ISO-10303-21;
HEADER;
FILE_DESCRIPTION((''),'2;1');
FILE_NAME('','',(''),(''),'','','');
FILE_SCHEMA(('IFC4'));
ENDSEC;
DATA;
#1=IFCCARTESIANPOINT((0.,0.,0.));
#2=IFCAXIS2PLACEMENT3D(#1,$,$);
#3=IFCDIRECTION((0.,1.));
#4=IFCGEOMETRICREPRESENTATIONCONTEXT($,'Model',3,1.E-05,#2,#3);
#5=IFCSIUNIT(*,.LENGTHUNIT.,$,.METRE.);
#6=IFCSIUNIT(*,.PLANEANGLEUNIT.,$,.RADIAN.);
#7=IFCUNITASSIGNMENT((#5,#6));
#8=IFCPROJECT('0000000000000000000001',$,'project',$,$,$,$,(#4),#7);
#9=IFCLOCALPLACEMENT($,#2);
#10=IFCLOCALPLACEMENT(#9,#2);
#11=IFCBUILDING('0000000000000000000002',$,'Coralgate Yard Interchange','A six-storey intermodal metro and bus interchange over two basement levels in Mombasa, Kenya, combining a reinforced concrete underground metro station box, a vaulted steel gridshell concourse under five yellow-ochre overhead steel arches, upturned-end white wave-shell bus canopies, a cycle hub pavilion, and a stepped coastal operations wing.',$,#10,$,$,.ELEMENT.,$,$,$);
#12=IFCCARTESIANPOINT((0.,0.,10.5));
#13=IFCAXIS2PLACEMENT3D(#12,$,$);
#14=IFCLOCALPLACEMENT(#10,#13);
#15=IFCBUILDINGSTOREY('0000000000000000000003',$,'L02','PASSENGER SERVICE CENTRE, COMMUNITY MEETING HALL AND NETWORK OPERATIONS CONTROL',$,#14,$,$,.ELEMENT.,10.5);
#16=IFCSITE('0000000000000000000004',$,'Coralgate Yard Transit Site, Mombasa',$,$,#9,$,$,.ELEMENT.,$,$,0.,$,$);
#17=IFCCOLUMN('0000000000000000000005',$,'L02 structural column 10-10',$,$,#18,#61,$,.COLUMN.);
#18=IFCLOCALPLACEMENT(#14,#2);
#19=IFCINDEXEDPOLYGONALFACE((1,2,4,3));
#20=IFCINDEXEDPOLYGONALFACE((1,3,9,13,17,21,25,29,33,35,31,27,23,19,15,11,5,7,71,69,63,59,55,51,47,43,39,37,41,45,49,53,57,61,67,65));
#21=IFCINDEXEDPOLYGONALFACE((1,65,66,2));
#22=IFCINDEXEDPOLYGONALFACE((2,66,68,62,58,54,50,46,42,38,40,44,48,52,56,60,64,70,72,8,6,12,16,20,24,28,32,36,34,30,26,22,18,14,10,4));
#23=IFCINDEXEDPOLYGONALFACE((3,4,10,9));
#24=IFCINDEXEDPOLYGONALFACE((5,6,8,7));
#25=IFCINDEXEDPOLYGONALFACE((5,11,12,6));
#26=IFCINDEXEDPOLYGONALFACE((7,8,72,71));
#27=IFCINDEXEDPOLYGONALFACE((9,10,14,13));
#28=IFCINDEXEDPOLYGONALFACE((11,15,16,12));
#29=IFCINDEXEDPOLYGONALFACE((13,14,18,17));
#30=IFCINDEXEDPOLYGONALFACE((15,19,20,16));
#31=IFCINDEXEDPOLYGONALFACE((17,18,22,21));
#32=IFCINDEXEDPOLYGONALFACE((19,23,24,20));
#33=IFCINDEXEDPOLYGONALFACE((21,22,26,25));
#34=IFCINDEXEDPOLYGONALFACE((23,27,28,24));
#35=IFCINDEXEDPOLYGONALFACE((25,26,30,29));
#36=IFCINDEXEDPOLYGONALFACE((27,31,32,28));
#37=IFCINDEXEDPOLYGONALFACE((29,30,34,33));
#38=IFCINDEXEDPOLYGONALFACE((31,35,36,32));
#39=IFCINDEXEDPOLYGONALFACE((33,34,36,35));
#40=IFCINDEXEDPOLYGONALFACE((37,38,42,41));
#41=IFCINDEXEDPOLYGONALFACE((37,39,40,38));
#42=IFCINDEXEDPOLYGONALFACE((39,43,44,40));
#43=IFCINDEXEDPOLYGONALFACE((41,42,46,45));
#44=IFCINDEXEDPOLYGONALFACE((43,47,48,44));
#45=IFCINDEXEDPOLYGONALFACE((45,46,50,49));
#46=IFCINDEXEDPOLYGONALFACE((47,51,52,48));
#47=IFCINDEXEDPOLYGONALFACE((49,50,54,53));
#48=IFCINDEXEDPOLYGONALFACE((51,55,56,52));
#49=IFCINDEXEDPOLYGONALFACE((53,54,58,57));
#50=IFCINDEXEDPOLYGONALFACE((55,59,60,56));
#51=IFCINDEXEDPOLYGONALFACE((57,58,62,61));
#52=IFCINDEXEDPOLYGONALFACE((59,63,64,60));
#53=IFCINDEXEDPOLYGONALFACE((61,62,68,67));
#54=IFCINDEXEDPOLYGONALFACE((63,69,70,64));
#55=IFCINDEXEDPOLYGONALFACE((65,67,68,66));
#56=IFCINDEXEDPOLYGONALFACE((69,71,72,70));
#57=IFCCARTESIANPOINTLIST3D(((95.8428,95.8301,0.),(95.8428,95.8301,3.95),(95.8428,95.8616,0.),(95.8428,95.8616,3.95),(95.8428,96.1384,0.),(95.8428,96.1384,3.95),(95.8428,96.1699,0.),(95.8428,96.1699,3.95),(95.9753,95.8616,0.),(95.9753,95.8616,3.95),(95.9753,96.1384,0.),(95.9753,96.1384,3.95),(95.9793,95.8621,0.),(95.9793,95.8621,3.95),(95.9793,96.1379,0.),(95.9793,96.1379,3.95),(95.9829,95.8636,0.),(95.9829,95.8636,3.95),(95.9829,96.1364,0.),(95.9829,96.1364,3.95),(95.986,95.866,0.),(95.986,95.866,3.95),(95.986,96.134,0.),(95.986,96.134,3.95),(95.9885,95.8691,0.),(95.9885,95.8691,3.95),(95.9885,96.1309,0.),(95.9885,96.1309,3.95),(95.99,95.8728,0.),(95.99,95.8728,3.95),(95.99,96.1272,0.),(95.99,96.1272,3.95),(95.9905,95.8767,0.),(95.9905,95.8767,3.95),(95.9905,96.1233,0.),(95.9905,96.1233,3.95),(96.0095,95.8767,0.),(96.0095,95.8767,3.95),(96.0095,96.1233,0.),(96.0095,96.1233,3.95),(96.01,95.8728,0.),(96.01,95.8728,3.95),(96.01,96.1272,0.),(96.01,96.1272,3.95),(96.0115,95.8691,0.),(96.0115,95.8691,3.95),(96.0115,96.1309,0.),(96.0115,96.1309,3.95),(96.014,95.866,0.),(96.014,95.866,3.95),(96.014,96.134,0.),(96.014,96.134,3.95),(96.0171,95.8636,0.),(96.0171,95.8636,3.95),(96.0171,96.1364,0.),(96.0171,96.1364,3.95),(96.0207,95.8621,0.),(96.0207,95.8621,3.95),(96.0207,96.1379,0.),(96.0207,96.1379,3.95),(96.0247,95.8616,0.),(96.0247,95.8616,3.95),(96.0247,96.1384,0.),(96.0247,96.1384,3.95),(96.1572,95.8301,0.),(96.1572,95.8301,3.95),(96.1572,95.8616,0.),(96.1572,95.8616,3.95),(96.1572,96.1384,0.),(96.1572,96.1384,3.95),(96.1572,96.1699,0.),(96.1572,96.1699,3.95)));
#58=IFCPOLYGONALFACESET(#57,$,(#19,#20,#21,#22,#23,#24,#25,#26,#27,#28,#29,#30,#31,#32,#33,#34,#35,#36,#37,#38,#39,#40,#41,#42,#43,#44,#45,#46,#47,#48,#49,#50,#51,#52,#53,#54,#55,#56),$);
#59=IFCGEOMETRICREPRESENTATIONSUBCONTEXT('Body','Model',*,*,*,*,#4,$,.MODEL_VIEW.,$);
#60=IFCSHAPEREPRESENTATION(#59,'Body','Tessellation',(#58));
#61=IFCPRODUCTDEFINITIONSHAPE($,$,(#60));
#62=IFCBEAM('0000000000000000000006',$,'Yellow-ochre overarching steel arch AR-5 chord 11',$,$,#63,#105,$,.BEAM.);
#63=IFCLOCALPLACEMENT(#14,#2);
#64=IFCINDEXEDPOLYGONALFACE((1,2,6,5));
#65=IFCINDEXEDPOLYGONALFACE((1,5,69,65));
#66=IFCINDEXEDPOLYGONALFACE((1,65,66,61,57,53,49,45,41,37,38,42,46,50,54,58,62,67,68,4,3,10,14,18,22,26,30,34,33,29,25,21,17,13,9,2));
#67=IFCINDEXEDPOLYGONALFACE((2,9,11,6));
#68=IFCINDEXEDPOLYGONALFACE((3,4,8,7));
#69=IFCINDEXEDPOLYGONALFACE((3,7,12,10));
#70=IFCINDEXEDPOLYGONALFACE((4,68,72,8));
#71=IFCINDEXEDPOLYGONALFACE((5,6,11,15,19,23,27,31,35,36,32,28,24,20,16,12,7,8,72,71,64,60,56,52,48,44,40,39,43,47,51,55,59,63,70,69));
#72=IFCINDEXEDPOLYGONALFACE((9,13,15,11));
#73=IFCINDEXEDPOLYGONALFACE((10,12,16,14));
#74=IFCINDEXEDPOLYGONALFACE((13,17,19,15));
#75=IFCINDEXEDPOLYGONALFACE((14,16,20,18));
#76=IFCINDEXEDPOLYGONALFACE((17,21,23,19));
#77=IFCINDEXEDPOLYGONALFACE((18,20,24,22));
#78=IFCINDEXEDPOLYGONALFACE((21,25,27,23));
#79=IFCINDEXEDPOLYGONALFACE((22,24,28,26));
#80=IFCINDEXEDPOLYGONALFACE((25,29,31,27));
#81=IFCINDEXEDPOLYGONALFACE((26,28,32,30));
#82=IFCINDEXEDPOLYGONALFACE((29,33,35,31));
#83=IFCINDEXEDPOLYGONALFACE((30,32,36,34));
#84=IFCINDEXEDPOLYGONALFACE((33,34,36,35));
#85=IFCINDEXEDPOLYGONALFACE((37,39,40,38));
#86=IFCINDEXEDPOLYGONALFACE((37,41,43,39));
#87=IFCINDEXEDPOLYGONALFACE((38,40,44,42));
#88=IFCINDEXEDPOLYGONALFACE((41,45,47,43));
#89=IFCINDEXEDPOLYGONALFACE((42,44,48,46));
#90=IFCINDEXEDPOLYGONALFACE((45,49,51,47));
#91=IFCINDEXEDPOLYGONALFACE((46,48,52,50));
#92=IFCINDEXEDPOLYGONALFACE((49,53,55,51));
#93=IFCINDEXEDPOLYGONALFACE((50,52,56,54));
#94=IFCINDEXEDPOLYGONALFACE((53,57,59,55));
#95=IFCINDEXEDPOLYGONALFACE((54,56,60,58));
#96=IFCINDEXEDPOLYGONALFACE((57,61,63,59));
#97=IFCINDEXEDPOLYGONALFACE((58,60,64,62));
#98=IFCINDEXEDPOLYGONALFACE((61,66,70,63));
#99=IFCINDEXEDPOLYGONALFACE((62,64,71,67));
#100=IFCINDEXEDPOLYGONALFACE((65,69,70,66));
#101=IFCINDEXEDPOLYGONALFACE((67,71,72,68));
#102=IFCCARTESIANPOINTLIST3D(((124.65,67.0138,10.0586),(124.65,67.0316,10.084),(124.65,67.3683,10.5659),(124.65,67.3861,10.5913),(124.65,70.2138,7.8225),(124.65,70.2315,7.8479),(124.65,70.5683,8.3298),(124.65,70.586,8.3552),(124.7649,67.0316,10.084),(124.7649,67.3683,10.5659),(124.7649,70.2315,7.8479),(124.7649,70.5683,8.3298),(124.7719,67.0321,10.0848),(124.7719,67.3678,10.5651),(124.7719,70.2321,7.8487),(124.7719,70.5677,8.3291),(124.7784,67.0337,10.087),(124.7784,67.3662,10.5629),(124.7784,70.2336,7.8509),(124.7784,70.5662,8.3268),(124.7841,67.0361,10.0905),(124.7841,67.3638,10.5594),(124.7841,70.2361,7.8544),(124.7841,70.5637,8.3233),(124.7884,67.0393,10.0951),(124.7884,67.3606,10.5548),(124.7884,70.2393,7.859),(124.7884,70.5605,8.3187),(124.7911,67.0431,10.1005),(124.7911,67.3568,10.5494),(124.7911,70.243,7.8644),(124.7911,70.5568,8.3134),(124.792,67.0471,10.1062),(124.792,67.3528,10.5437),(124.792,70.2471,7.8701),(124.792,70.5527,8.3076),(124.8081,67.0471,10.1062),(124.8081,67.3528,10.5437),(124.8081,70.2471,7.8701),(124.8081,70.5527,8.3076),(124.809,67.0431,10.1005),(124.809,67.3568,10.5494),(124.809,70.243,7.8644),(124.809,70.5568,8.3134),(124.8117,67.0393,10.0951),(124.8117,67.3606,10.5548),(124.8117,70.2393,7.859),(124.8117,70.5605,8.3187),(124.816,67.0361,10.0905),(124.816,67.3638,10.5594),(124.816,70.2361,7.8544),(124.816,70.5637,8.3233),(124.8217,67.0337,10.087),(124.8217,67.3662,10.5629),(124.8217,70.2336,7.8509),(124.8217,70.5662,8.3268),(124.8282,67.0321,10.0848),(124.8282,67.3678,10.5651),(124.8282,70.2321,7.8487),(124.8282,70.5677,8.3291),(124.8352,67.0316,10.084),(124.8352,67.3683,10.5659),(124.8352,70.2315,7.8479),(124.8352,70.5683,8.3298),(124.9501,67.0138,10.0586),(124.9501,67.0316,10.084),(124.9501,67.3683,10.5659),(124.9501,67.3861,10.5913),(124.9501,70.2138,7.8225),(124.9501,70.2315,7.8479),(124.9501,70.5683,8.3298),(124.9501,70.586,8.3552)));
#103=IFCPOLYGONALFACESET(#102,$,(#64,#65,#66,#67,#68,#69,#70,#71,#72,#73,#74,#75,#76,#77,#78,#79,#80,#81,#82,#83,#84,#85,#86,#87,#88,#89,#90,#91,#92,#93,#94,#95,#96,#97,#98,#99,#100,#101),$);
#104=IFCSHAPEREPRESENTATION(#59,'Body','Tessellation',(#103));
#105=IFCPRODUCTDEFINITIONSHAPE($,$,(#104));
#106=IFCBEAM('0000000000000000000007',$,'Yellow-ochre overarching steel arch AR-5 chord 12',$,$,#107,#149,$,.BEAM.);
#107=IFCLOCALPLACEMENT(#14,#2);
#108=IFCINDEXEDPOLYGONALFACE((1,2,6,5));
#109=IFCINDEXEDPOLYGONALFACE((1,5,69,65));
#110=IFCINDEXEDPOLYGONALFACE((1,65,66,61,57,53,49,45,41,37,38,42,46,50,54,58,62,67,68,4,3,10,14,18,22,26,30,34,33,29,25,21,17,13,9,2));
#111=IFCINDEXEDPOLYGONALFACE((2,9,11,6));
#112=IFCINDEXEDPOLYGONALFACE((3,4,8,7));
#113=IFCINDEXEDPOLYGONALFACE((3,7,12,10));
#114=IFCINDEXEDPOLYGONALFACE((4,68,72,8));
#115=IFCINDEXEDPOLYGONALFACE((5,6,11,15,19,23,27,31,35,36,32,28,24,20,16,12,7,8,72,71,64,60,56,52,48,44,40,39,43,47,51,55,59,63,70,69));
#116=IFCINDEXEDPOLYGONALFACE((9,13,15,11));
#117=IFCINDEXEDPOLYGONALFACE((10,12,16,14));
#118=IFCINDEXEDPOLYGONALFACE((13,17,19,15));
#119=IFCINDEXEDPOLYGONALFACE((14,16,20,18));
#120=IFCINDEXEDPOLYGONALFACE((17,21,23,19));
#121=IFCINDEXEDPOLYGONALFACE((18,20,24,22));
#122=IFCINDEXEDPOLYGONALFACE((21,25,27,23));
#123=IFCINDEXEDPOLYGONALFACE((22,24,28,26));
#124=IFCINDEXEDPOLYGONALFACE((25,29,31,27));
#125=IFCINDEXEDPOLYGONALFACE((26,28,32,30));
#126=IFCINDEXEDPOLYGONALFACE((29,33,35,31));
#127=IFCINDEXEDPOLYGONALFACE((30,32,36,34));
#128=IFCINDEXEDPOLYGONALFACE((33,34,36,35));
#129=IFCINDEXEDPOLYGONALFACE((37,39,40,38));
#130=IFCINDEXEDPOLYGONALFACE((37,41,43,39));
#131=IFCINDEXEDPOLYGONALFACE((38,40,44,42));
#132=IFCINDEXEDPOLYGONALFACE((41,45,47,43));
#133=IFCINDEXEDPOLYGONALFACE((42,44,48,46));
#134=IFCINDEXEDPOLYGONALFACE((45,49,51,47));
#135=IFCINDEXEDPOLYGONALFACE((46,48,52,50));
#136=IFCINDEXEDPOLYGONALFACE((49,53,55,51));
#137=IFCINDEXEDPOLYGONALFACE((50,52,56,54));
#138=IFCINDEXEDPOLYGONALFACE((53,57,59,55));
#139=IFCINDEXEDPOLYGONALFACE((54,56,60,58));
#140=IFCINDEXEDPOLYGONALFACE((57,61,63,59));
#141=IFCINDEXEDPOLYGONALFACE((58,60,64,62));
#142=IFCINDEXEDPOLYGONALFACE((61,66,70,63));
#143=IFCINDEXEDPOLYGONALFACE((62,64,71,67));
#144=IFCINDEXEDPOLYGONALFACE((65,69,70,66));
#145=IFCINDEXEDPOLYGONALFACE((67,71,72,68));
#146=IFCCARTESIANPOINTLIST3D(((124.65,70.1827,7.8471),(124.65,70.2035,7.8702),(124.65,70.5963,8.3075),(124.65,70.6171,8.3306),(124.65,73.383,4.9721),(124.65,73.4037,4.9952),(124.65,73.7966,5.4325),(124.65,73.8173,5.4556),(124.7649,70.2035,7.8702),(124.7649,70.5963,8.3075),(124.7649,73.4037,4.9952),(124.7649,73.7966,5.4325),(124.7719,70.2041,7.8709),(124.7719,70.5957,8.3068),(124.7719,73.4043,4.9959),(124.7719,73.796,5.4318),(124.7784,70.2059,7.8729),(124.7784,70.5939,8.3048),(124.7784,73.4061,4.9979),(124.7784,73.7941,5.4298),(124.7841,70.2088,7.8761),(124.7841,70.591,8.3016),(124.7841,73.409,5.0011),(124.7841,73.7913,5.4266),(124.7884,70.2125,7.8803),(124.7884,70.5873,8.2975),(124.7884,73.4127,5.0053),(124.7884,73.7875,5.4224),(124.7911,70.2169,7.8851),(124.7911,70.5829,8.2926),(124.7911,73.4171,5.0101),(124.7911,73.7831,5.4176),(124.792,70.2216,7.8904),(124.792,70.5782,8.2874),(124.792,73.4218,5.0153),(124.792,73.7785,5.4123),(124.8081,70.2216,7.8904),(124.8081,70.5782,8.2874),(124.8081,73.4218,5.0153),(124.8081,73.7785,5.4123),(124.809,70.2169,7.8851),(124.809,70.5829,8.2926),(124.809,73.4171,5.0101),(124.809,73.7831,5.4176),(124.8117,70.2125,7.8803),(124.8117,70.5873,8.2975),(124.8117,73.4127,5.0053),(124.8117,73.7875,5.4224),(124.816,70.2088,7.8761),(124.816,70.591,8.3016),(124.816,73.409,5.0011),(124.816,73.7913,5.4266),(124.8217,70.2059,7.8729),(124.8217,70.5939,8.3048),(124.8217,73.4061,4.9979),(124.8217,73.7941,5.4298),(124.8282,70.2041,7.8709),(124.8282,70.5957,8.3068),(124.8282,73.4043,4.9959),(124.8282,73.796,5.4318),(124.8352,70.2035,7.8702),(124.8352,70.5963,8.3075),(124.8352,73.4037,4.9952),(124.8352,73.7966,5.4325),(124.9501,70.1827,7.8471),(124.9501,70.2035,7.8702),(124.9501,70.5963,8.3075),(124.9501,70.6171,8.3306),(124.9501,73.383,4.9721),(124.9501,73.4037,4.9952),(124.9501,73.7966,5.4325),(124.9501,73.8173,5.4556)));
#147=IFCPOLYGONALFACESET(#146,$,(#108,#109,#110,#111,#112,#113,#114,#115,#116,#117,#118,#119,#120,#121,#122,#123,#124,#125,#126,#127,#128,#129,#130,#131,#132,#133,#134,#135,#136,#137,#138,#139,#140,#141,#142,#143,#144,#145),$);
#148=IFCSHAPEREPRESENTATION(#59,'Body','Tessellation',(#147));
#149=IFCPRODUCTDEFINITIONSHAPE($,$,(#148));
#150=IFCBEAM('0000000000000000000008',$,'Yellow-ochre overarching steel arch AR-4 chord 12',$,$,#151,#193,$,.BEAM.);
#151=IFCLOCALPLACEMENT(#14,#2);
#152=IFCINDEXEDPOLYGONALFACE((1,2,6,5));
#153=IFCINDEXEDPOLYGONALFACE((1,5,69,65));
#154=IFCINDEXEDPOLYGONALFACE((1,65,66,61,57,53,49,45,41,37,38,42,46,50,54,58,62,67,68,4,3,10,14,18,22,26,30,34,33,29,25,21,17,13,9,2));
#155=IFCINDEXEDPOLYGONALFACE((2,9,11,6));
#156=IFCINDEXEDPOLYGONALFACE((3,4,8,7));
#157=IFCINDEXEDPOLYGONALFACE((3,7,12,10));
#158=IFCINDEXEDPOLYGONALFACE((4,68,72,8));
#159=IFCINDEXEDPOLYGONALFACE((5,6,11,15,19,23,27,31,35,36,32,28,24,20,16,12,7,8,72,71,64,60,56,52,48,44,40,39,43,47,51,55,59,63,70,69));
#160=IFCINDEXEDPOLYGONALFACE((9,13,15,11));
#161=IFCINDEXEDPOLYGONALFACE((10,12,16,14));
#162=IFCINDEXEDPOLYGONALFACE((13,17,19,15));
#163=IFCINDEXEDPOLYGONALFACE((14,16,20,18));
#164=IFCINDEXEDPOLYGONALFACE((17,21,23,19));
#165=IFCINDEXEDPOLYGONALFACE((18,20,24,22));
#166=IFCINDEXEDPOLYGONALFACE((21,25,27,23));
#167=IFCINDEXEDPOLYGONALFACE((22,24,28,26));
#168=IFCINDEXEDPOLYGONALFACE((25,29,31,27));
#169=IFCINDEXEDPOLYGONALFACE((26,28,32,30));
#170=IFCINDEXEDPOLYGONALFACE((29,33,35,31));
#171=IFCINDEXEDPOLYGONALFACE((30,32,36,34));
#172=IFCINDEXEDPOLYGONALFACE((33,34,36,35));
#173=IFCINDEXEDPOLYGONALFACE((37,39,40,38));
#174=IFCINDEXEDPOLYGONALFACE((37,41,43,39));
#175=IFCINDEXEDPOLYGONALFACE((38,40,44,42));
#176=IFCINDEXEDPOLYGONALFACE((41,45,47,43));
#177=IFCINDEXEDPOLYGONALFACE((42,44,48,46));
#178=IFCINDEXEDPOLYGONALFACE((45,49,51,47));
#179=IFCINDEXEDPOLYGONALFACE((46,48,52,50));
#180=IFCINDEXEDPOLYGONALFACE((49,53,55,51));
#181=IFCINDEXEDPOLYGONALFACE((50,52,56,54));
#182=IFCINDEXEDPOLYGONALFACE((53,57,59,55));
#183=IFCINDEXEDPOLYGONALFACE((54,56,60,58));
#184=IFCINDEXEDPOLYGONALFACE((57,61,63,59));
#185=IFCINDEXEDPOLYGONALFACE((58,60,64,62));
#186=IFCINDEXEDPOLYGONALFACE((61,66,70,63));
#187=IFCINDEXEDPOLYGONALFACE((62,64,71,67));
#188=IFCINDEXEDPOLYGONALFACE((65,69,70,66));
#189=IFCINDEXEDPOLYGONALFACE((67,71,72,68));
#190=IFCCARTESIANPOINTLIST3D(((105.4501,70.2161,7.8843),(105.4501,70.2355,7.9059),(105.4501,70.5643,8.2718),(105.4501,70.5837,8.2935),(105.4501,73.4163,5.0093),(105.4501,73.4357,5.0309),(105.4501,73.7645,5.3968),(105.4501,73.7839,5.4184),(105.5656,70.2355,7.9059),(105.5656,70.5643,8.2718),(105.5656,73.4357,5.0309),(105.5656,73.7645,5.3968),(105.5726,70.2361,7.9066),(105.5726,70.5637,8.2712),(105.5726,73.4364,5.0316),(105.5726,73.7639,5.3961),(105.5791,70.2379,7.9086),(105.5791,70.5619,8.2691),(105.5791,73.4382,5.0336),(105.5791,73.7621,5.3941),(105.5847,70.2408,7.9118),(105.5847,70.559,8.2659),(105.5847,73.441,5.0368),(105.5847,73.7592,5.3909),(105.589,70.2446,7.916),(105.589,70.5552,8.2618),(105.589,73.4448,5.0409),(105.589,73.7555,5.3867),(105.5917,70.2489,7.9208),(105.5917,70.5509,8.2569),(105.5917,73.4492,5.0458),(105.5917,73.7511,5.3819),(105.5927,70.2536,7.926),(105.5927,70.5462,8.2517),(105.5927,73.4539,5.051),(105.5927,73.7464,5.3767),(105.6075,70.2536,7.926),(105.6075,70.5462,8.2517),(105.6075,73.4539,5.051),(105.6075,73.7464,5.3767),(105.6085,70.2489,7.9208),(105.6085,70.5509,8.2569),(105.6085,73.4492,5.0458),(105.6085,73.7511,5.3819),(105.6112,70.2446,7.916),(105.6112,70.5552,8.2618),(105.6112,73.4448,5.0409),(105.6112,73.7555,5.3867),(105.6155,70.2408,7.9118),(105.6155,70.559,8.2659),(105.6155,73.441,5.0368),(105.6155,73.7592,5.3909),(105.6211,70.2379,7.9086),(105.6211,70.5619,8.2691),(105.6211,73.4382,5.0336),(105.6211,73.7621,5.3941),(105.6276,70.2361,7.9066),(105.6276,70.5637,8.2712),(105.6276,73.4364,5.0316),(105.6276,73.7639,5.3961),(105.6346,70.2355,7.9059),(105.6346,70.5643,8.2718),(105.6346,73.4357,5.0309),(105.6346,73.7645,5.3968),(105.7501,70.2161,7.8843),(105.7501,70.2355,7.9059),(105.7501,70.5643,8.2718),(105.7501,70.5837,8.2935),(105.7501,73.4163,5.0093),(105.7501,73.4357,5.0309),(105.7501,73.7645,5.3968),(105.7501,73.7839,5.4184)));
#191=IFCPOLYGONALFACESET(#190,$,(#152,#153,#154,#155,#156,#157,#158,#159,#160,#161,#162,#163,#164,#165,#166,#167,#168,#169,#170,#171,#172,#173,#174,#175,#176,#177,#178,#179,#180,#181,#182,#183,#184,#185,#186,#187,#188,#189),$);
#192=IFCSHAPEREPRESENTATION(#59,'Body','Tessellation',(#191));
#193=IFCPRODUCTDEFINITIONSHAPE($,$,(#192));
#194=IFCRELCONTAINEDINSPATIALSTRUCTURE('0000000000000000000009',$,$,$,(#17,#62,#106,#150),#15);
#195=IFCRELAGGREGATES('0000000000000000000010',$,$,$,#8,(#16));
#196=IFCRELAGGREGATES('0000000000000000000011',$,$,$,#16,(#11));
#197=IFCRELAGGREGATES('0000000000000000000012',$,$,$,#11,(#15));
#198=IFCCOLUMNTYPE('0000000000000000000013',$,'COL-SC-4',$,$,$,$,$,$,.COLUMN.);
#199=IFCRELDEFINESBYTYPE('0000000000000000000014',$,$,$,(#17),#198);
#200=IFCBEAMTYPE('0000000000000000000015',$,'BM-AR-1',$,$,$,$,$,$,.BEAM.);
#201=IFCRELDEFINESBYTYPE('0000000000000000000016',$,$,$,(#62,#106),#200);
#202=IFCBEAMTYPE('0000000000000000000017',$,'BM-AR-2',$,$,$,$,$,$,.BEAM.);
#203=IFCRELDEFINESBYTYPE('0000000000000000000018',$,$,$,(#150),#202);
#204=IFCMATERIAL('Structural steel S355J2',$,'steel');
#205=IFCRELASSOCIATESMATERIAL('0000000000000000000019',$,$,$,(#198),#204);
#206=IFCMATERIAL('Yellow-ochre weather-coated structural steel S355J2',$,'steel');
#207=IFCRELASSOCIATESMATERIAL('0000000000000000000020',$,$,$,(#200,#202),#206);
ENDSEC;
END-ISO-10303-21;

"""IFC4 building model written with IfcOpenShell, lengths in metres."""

from ifc_helpers import new_model, si_unit, direction, frame, origin, origin_2d, place, context, subcontext, project, spatial, i_section, extrude, material, material_profile, profile_set, type_object, element, save


model = new_model("IFC4")

# Units and contexts
model_context = context("Model", 3, precision=1e-05, world=origin(), true_north=direction((0.0, 1.0)))
body_context = subcontext(model_context, "Body", "Model", "MODEL_VIEW")
ifc_project = project(units=[si_unit("LENGTHUNIT", "METRE"), si_unit("PLANEANGLEUNIT", "RADIAN")], contexts=[model_context])

# Site, building, storey
site_placement = place(None, origin())
site = spatial("IfcSite", under=ifc_project, at=site_placement, Name="Coralgate Yard Transit Site, Mombasa", CompositionType="ELEMENT", RefElevation=0.0)
building_placement = place(site_placement, origin())
building = spatial("IfcBuilding", under=site, at=building_placement, Name="Coralgate Yard Interchange", Description="A six-storey intermodal metro and bus interchange over two basement levels in Mombasa, Kenya, combining a reinforced concrete underground metro station box, a vaulted steel gridshell concourse under five yellow-ochre overhead steel arches, upturned-end white wave-shell bus canopies, a cycle hub pavilion, and a stepped coastal operations wing.", CompositionType="ELEMENT")
storey_placement = place(building_placement, frame((0.0, 0.0, 10.5)))
storey = spatial("IfcBuildingStorey", under=building, at=storey_placement, Name="L02", Description="PASSENGER SERVICE CENTRE, COMMUNITY MEETING HALL AND NETWORK OPERATIONS CONTROL", CompositionType="ELEMENT", Elevation=10.5)

# Column
ifc_material_1 = material(Name="Structural steel S355J2", Category="steel")
ifc_material_profile_1 = material_profile(ifc_material_1, i_section(OverallWidth=0.3145, OverallDepth=0.3398, WebThickness=0.019, FlangeThickness=0.0315, FilletRadius=0.0151, at=origin_2d()), Name="UC 305x305x198")
ifc_profile_set_1 = profile_set([ifc_material_profile_1], Name="Structural steel S355J2")
column_type = type_object("IfcColumnType", Name="COL-SC-4", PredefinedType="COLUMN", material=ifc_profile_set_1)
column_placement = place(storey_placement, frame((96.0, 96.0, 0.0), z_axis=(0.0, 0.0, 1.0), x_axis=(1.0, 0.0, 0.0)))
element("IfcColumn", 1, at=column_placement, inside=storey, type_object=column_type, Name="L02 structural column 10-10", PredefinedType="COLUMN", context=body_context, shape_type="SweptSolid", body=[
    extrude(i_section(OverallWidth=0.3145, OverallDepth=0.3398, WebThickness=0.019, FlangeThickness=0.0315, FilletRadius=0.0151, at=origin_2d()), origin(), (0.0, 0.0, 1.0), 3.95),
])

# Beams
ifc_material_2 = material(Name="Yellow-ochre weather-coated structural steel S355J2", Category="steel")
ifc_material_profile_2 = material_profile(ifc_material_2, i_section(OverallWidth=0.3, OverallDepth=0.6499, WebThickness=0.0161, FlangeThickness=0.031, FilletRadius=0.0271, at=origin_2d()), Name="HEB 650")
ifc_profile_set_2 = profile_set([ifc_material_profile_2], Name="Yellow-ochre weather-coated structural steel S355J2")
beam_type_1 = type_object("IfcBeamType", Name="BM-AR-1", PredefinedType="BEAM", material=ifc_profile_set_2)
beam_1_placement = place(storey_placement, frame((124.8, 67.2, 10.325), z_axis=(0.0, 0.819699, -0.572795), x_axis=(-1.0, 0.0, 0.0)))
element("IfcBeam", 2, at=beam_1_placement, inside=storey, type_object=beam_type_1, Name="Yellow-ochre overarching steel arch AR-5 chord 11", PredefinedType="BEAM", context=body_context, shape_type="SweptSolid", body=[
    extrude(i_section(OverallWidth=0.3, OverallDepth=0.6499, WebThickness=0.0161, FlangeThickness=0.031, FilletRadius=0.0271, at=origin_2d()), origin(), (0.0, 0.0, 1.0), 3.9038),
])
beam_2_placement = place(storey_placement, frame((124.8, 70.3999, 8.0889), z_axis=(0.0, 0.743892, -0.6683), x_axis=(-1.0, 0.0, 0.0)))
element("IfcBeam", 3, at=beam_2_placement, inside=storey, type_object=beam_type_1, Name="Yellow-ochre overarching steel arch AR-5 chord 12", PredefinedType="BEAM", context=body_context, shape_type="SweptSolid", body=[
    extrude(i_section(OverallWidth=0.3, OverallDepth=0.6499, WebThickness=0.0161, FlangeThickness=0.031, FilletRadius=0.0271, at=origin_2d()), origin(), (0.0, 0.0, 1.0), 4.302),
])
ifc_material_profile_3 = material_profile(ifc_material_2, i_section(OverallWidth=0.3, OverallDepth=0.55, WebThickness=0.0149, FlangeThickness=0.0291, FilletRadius=0.0271, at=origin_2d()), Name="HEB 550")
ifc_profile_set_3 = profile_set([ifc_material_profile_3], Name="Yellow-ochre weather-coated structural steel S355J2")
beam_type_2 = type_object("IfcBeamType", Name="BM-AR-2", PredefinedType="BEAM", material=ifc_profile_set_3)
beam_3_placement = place(storey_placement, frame((105.6001, 70.3999, 8.0889), z_axis=(0.0, 0.743892, -0.6683), x_axis=(-1.0, 0.0, 0.0)))
element("IfcBeam", 4, at=beam_3_placement, inside=storey, type_object=beam_type_2, Name="Yellow-ochre overarching steel arch AR-4 chord 12", PredefinedType="BEAM", context=body_context, shape_type="SweptSolid", body=[
    extrude(i_section(OverallWidth=0.3, OverallDepth=0.55, WebThickness=0.0149, FlangeThickness=0.0291, FilletRadius=0.0271, at=origin_2d()), origin(), (0.0, 0.0, 1.0), 4.302),
])

save(model, "model.ifc")
